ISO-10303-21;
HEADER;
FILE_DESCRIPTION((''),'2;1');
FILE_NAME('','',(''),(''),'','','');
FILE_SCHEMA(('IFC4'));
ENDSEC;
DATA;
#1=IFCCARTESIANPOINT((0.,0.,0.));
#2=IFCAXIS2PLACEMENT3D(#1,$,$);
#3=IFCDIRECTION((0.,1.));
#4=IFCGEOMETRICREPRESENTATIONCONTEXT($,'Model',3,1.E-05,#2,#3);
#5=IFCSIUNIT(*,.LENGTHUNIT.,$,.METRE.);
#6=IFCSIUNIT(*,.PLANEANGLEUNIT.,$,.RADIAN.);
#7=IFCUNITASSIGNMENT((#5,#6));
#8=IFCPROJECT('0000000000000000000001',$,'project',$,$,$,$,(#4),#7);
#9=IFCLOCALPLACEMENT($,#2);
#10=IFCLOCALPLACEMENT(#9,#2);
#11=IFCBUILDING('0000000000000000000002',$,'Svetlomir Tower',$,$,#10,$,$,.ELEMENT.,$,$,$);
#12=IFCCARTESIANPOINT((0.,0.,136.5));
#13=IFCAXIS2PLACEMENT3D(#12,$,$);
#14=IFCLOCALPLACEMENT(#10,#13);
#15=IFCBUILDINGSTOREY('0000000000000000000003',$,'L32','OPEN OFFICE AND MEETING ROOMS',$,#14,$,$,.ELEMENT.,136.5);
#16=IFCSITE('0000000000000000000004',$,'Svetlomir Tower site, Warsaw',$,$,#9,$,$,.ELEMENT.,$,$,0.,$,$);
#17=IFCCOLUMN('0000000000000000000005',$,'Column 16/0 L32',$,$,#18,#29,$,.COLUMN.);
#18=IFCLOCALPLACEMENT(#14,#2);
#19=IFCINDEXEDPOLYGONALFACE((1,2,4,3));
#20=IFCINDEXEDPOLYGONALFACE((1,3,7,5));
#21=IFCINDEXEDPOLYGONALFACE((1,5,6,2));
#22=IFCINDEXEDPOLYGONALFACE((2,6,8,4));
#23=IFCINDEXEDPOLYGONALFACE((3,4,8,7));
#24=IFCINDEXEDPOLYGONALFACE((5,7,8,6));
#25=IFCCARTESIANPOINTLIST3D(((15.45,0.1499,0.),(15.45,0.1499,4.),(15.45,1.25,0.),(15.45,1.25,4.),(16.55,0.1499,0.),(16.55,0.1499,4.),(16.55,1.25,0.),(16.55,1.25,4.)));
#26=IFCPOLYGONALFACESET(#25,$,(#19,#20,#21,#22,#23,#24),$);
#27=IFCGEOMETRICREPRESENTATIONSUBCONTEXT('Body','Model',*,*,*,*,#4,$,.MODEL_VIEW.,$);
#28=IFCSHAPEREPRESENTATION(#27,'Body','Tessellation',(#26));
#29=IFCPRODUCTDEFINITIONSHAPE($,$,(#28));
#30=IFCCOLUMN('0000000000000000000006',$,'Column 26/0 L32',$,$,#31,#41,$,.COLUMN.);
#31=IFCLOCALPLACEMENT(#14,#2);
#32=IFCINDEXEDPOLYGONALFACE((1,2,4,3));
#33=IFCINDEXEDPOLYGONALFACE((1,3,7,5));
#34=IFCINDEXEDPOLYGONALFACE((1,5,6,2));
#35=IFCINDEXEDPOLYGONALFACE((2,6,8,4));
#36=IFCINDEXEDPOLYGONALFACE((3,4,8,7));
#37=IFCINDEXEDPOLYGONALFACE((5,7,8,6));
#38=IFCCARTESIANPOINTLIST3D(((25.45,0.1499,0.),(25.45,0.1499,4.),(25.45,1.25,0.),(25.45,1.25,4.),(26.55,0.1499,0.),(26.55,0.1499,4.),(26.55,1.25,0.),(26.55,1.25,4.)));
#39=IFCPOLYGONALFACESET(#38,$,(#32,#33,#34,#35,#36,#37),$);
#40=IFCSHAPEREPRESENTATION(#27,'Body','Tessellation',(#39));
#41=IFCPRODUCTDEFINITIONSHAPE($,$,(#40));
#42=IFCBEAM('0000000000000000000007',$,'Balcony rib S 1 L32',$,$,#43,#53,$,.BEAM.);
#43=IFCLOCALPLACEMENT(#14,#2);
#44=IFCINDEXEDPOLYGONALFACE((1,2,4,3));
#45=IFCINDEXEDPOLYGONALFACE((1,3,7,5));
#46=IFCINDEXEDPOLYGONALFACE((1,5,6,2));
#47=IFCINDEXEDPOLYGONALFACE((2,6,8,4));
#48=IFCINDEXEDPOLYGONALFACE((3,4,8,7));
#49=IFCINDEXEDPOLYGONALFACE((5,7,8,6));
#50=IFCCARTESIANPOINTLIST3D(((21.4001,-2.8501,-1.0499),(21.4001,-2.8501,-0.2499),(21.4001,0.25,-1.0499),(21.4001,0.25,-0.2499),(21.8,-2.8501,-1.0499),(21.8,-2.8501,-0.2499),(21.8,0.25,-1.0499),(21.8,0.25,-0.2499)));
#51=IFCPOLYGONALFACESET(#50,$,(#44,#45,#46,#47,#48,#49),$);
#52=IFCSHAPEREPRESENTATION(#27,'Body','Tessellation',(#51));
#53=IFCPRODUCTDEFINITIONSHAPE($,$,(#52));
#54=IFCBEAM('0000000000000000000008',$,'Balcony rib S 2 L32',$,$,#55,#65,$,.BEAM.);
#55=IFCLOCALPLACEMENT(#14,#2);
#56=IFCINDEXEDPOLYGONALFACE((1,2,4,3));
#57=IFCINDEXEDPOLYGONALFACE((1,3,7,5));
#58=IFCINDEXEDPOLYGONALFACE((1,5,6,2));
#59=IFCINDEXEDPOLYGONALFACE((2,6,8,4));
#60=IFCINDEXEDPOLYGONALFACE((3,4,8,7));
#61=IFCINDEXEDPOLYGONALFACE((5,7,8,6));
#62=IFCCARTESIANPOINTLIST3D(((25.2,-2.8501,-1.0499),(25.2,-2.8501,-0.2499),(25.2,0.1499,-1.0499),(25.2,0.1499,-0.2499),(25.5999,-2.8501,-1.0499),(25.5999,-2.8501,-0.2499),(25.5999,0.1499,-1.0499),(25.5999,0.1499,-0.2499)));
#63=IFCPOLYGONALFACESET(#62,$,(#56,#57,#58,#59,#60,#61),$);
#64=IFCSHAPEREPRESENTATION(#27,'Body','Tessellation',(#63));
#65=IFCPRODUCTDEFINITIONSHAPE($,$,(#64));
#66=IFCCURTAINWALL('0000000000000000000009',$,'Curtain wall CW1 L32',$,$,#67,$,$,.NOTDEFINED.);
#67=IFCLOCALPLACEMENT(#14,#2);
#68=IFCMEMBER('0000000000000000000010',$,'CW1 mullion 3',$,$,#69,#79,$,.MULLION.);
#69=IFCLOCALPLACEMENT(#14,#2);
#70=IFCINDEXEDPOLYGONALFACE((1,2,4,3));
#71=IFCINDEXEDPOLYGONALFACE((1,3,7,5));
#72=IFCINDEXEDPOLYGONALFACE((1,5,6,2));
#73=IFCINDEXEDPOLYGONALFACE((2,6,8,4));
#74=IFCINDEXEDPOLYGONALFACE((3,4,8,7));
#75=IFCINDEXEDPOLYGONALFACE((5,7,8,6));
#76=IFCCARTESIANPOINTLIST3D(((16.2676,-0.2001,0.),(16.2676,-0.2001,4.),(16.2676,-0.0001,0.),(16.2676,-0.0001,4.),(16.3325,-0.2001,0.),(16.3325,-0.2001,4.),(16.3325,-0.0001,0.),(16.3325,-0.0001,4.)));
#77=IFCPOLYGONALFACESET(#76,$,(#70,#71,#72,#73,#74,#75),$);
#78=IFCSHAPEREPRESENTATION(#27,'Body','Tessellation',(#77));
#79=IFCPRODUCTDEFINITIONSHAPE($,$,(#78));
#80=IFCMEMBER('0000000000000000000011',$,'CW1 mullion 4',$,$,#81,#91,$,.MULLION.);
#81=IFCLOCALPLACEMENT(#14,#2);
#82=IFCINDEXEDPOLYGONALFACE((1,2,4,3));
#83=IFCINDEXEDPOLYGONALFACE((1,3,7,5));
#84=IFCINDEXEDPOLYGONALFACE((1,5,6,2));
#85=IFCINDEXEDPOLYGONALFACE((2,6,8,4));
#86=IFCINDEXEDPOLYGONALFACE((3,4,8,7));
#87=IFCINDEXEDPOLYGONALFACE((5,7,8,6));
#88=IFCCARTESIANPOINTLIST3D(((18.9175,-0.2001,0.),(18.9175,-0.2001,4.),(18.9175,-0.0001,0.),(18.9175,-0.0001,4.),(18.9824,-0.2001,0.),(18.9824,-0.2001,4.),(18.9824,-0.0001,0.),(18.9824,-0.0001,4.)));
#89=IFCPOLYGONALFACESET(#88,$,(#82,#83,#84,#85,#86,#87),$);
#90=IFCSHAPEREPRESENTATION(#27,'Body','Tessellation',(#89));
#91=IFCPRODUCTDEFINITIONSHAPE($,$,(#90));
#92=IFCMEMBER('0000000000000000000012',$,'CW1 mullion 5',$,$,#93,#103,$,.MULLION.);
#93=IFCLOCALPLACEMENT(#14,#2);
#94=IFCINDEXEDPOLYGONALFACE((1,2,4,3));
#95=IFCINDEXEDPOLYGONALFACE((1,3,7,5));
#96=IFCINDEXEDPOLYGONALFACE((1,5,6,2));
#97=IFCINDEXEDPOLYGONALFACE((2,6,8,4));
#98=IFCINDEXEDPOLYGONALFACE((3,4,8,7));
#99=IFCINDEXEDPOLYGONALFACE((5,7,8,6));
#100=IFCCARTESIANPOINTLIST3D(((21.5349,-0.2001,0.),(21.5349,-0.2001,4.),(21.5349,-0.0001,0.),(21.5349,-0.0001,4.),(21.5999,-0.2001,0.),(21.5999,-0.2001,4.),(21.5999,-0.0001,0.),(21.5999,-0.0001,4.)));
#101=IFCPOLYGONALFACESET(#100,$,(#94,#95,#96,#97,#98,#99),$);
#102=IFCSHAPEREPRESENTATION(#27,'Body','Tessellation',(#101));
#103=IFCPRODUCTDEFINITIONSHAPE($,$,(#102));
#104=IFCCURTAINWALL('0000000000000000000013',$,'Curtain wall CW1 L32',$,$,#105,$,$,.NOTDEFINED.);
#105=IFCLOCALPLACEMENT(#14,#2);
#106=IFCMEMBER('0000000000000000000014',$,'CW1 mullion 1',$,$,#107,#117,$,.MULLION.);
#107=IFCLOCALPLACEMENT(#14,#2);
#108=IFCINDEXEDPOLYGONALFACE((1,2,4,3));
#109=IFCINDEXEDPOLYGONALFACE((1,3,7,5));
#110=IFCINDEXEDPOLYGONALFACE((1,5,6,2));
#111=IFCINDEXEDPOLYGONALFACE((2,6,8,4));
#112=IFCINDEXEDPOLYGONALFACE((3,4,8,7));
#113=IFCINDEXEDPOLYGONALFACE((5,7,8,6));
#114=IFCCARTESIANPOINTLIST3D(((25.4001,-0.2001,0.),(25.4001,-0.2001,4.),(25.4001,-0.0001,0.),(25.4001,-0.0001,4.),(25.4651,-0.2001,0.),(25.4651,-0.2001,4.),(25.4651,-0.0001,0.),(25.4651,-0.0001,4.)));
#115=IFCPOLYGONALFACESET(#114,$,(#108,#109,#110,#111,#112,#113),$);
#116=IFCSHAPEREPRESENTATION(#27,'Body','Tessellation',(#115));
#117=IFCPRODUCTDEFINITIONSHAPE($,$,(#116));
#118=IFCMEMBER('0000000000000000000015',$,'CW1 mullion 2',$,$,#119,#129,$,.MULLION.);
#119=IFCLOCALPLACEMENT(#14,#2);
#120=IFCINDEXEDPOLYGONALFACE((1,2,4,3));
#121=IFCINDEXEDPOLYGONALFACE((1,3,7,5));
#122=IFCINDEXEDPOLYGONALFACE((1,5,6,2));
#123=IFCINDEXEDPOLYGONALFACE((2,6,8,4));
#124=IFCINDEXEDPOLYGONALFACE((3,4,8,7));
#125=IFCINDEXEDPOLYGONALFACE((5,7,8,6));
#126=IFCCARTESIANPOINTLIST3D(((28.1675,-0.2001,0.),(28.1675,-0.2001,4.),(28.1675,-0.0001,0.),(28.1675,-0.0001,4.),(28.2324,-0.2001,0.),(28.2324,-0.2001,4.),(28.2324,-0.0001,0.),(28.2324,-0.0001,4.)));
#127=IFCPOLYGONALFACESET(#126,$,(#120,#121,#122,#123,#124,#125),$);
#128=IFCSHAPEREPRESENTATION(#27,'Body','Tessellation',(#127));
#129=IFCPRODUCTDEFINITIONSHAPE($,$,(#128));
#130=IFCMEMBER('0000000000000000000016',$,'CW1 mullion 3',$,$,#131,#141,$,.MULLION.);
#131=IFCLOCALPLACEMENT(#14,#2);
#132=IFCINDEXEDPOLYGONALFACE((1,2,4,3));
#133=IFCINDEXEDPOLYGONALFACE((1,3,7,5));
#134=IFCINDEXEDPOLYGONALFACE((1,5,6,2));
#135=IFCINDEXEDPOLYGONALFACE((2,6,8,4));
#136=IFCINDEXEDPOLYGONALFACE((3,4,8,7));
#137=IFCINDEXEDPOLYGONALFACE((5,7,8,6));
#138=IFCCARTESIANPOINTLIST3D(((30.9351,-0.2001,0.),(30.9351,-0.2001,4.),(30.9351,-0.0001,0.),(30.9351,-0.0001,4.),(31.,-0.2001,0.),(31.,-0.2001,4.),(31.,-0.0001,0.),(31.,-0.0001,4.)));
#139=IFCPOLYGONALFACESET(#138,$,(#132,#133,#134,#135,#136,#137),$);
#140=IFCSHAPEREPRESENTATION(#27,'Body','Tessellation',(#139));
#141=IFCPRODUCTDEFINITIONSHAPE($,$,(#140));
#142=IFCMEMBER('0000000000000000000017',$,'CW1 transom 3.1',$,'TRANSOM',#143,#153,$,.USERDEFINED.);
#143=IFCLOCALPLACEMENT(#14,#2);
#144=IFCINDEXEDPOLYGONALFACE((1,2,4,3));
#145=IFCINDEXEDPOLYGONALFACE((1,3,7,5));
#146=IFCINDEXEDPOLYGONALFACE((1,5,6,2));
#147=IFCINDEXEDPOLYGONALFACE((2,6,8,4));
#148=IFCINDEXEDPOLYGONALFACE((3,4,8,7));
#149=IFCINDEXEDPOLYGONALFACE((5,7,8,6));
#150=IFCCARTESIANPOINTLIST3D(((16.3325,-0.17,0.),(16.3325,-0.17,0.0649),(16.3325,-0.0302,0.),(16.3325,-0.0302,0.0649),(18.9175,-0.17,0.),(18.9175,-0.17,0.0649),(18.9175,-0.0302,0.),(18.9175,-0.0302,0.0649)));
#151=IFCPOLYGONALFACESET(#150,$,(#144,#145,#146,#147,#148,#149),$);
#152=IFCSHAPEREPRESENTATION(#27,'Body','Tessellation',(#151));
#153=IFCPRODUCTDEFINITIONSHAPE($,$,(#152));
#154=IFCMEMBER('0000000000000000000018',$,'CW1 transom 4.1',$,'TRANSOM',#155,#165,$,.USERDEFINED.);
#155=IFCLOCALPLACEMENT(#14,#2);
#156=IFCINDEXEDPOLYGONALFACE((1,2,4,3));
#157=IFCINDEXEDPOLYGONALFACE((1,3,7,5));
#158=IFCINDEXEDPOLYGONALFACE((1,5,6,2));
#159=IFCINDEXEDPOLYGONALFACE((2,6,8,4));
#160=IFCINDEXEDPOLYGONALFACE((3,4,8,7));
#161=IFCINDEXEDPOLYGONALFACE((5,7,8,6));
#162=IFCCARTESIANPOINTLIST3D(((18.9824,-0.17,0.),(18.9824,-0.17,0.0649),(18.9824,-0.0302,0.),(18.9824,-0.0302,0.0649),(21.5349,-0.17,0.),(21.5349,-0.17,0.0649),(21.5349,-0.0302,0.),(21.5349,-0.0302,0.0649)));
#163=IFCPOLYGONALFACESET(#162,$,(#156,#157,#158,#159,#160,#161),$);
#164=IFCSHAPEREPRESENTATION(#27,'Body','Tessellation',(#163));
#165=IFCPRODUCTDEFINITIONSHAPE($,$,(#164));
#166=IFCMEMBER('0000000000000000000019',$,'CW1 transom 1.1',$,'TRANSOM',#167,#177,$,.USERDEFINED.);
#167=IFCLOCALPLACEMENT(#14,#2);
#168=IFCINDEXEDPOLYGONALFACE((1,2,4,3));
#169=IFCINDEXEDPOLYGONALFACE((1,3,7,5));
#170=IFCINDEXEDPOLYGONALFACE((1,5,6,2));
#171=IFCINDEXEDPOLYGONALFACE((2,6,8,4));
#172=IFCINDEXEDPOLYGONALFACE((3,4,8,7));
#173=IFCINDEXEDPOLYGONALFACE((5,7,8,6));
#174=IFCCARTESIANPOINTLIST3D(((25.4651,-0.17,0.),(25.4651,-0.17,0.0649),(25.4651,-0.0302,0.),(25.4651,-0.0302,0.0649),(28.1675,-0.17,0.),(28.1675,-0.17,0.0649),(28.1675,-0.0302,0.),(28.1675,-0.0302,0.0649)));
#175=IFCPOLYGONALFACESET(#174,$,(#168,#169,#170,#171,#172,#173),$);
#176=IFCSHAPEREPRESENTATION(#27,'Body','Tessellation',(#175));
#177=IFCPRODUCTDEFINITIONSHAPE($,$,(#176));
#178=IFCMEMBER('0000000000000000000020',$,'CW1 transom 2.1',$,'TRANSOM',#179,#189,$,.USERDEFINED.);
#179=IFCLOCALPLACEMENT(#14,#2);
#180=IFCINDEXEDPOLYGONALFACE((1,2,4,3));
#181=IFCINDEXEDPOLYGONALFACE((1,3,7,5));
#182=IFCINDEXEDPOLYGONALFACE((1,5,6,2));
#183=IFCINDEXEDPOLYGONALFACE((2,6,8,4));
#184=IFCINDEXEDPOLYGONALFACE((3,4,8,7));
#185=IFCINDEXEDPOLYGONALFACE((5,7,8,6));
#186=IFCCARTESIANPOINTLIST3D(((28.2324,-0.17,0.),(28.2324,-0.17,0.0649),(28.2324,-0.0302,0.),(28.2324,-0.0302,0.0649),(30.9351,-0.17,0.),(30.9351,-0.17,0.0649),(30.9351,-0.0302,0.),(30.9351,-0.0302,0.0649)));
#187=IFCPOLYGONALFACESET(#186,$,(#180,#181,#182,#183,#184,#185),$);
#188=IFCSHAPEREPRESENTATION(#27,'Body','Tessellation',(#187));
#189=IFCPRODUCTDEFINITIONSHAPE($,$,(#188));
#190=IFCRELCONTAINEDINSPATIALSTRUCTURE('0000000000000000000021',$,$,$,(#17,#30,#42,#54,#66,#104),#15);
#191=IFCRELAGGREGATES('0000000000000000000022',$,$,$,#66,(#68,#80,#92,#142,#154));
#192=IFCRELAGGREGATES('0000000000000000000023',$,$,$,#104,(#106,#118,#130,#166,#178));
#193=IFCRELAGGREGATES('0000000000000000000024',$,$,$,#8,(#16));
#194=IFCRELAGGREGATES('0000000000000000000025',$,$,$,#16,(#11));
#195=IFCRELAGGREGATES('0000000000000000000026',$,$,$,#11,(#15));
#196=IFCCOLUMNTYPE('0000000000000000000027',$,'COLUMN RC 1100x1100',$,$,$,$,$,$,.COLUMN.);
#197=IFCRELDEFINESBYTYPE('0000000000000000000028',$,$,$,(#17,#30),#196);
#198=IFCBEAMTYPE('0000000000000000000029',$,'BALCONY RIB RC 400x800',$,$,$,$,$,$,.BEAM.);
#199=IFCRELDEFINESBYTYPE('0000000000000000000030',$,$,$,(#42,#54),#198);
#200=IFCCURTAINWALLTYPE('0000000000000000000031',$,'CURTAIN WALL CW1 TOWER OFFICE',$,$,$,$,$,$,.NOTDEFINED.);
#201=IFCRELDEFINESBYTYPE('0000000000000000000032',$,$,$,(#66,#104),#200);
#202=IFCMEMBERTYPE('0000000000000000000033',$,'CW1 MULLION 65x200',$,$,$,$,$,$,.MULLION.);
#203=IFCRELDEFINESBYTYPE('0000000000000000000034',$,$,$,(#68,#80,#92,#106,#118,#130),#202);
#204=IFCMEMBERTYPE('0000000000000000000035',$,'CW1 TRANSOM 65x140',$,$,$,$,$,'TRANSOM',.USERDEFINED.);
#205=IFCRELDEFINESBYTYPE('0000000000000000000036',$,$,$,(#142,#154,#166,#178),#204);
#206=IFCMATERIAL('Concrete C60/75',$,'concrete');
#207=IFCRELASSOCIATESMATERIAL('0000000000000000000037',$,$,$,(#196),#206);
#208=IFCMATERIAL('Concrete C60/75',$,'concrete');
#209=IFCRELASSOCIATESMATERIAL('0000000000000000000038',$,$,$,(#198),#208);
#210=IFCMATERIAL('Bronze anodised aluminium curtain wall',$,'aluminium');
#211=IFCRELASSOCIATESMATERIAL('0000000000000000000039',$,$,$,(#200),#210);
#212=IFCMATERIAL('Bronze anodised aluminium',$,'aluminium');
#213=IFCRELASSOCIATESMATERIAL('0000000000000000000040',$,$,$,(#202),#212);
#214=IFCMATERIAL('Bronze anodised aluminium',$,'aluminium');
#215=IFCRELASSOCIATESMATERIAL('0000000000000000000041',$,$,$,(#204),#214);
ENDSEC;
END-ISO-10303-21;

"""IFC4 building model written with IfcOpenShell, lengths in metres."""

from ifc_helpers import new_model, si_unit, direction, frame, origin, origin_2d, place, context, subcontext, project, spatial, rectangle, extrude, material, material_profile, profile_set, type_object, element, aggregate, save


model = new_model("IFC4")

# Units and contexts
model_context = context("Model", 3, precision=1e-05, world=origin(), true_north=direction((0.0, 1.0)))
body_context = subcontext(model_context, "Body", "Model", "MODEL_VIEW")
ifc_project = project(units=[si_unit("LENGTHUNIT", "METRE"), si_unit("PLANEANGLEUNIT", "RADIAN")], contexts=[model_context])

# Site, building, storey
site_placement = place(None, origin())
site = spatial("IfcSite", under=ifc_project, at=site_placement, Name="Svetlomir Tower site, Warsaw", CompositionType="ELEMENT", RefElevation=0.0)
building_placement = place(site_placement, origin())
building = spatial("IfcBuilding", under=site, at=building_placement, Name="Svetlomir Tower", CompositionType="ELEMENT")
storey_placement = place(building_placement, frame((0.0, 0.0, 136.5)))
storey = spatial("IfcBuildingStorey", under=building, at=storey_placement, Name="L32", Description="OPEN OFFICE AND MEETING ROOMS", CompositionType="ELEMENT", Elevation=136.5)

# Columns
ifc_material_1 = material(Name="Concrete C60/75", Category="concrete")
ifc_material_profile_1 = material_profile(ifc_material_1, rectangle(XDim=1.1001, YDim=1.1001, at=origin_2d()), Name="RC 1100x1100")
ifc_profile_set_1 = profile_set([ifc_material_profile_1], Name="Concrete C60/75")
column_type = type_object("IfcColumnType", Name="COLUMN RC 1100x1100", PredefinedType="COLUMN", material=ifc_profile_set_1)
for number, where, z_axis, x_axis, name in (
    (1, (16.0, 0.7, 0.0), (0.0, 0.0, 1.0), (1.0, 0.0, 0.0), "Column 16/0 L32"),
    (2, (26.0, 0.7, 0.0), (0.0, 0.0, 1.0), (1.0, 0.0, 0.0), "Column 26/0 L32"),
):
    element("IfcColumn", number, at=place(storey_placement, frame(where, z_axis=z_axis, x_axis=x_axis)), inside=storey, type_object=column_type, Name=name, PredefinedType="COLUMN", context=body_context, shape_type="SweptSolid", body=[
        extrude(rectangle(XDim=1.1001, YDim=1.1001, at=origin_2d()), origin(), (0.0, 0.0, 1.0), 4.0),
    ])

# Beams
ifc_material_2 = material(Name="Concrete C60/75", Category="concrete")
ifc_material_profile_2 = material_profile(ifc_material_2, rectangle(XDim=0.3999, YDim=0.8, at=origin_2d()), Name="RC 400x800")
ifc_profile_set_2 = profile_set([ifc_material_profile_2], Name="Concrete C60/75")
beam_type_1 = type_object("IfcBeamType", Name="BALCONY RIB RC 400x800", PredefinedType="BEAM", material=ifc_profile_set_2)
beam_1_placement = place(storey_placement, frame((21.6001, 0.25, -0.6499), z_axis=(0.0, -1.0, 0.0), x_axis=(1.0, 0.0, 0.0)))
element("IfcBeam", 3, at=beam_1_placement, inside=storey, type_object=beam_type_1, Name="Balcony rib S 1 L32", PredefinedType="BEAM", context=body_context, shape_type="SweptSolid", body=[
    extrude(rectangle(XDim=0.3999, YDim=0.8, at=origin_2d()), origin(), (0.0, 0.0, 1.0), 3.1001),
])
beam_2_placement = place(storey_placement, frame((25.3999, 0.1499, -0.6499), z_axis=(0.0, -1.0, 0.0), x_axis=(1.0, 0.0, 0.0)))
element("IfcBeam", 4, at=beam_2_placement, inside=storey, type_object=beam_type_1, Name="Balcony rib S 2 L32", PredefinedType="BEAM", context=body_context, shape_type="SweptSolid", body=[
    extrude(rectangle(XDim=0.3999, YDim=0.8, at=origin_2d()), origin(), (0.0, 0.0, 1.0), 3.0),
])

# Curtain walls, members
ifc_material_3 = material(Name="Bronze anodised aluminium curtain wall", Category="aluminium")
curtain_wall_type = type_object("IfcCurtainWallType", Name="CURTAIN WALL CW1 TOWER OFFICE", PredefinedType="NOTDEFINED", material=ifc_material_3)
curtain_wall_1_placement = place(storey_placement, origin())
curtain_wall_1 = element("IfcCurtainWall", 5, at=curtain_wall_1_placement, inside=storey, type_object=curtain_wall_type, Name="Curtain wall CW1 L32", PredefinedType="NOTDEFINED")
ifc_material_4 = material(Name="Bronze anodised aluminium", Category="aluminium")
ifc_material_profile_3 = material_profile(ifc_material_4, rectangle(XDim=0.0649, YDim=0.2, at=origin_2d()), Name="AL 65x200")
ifc_profile_set_3 = profile_set([ifc_material_profile_3], Name="Bronze anodised aluminium 6063-T6")
member_type_1 = type_object("IfcMemberType", Name="CW1 MULLION 65x200", PredefinedType="MULLION", material=ifc_profile_set_3)
member_1_placement = place(storey_placement, frame((16.3, -0.1001, 0.0), z_axis=(0.0, 0.0, 1.0), x_axis=(1.0, 0.0, 0.0)))
member_1 = element("IfcMember", 6, at=member_1_placement, type_object=member_type_1, Name="CW1 mullion 3", PredefinedType="MULLION", context=body_context, shape_type="SweptSolid", body=[
    extrude(rectangle(XDim=0.0649, YDim=0.2, at=origin_2d()), origin(), (0.0, 0.0, 1.0), 4.0),
])
member_2_placement = place(storey_placement, frame((18.95, -0.1001, 0.0), z_axis=(0.0, 0.0, 1.0), x_axis=(1.0, 0.0, 0.0)))
member_2 = element("IfcMember", 7, at=member_2_placement, type_object=member_type_1, Name="CW1 mullion 4", PredefinedType="MULLION", context=body_context, shape_type="SweptSolid", body=[
    extrude(rectangle(XDim=0.0649, YDim=0.2, at=origin_2d()), origin(), (0.0, 0.0, 1.0), 4.0),
])
member_3_placement = place(storey_placement, frame((21.5674, -0.1001, 0.0), z_axis=(0.0, 0.0, 1.0), x_axis=(1.0, 0.0, 0.0)))
member_3 = element("IfcMember", 8, at=member_3_placement, type_object=member_type_1, Name="CW1 mullion 5", PredefinedType="MULLION", context=body_context, shape_type="SweptSolid", body=[
    extrude(rectangle(XDim=0.0649, YDim=0.2, at=origin_2d()), origin(), (0.0, 0.0, 1.0), 4.0),
])
curtain_wall_2_placement = place(storey_placement, origin())
curtain_wall_2 = element("IfcCurtainWall", 9, at=curtain_wall_2_placement, inside=storey, type_object=curtain_wall_type, Name="Curtain wall CW1 L32", PredefinedType="NOTDEFINED")
member_4_placement = place(storey_placement, frame((25.4326, -0.1001, 0.0), z_axis=(0.0, 0.0, 1.0), x_axis=(1.0, 0.0, 0.0)))
member_4 = element("IfcMember", 10, at=member_4_placement, type_object=member_type_1, Name="CW1 mullion 1", PredefinedType="MULLION", context=body_context, shape_type="SweptSolid", body=[
    extrude(rectangle(XDim=0.0649, YDim=0.2, at=origin_2d()), origin(), (0.0, 0.0, 1.0), 4.0),
])
member_5_placement = place(storey_placement, frame((28.2, -0.1001, 0.0), z_axis=(0.0, 0.0, 1.0), x_axis=(1.0, 0.0, 0.0)))
member_5 = element("IfcMember", 11, at=member_5_placement, type_object=member_type_1, Name="CW1 mullion 2", PredefinedType="MULLION", context=body_context, shape_type="SweptSolid", body=[
    extrude(rectangle(XDim=0.0649, YDim=0.2, at=origin_2d()), origin(), (0.0, 0.0, 1.0), 4.0),
])
member_6_placement = place(storey_placement, frame((30.9675, -0.1001, 0.0), z_axis=(0.0, 0.0, 1.0), x_axis=(1.0, 0.0, 0.0)))
member_6 = element("IfcMember", 12, at=member_6_placement, type_object=member_type_1, Name="CW1 mullion 3", PredefinedType="MULLION", context=body_context, shape_type="SweptSolid", body=[
    extrude(rectangle(XDim=0.0649, YDim=0.2, at=origin_2d()), origin(), (0.0, 0.0, 1.0), 4.0),
])

# Members
ifc_material_5 = material(Name="Bronze anodised aluminium", Category="aluminium")
ifc_material_profile_4 = material_profile(ifc_material_5, rectangle(XDim=0.1399, YDim=0.0649, at=origin_2d()), Name="AL 140x65")
ifc_profile_set_4 = profile_set([ifc_material_profile_4], Name="Bronze anodised aluminium 6063-T6")
member_type_2 = type_object("IfcMemberType", Name="CW1 TRANSOM 65x140", ElementType="TRANSOM", PredefinedType="USERDEFINED", material=ifc_profile_set_4)
member_7_placement = place(storey_placement, frame((16.3325, -0.1001, 0.0325), z_axis=(1.0, 0.0, 0.0), x_axis=(0.0, 1.0, 0.0)))
member_7 = element("IfcMember", 13, at=member_7_placement, type_object=member_type_2, Name="CW1 transom 3.1", ObjectType="TRANSOM", PredefinedType="USERDEFINED", context=body_context, shape_type="SweptSolid", body=[
    extrude(rectangle(XDim=0.1399, YDim=0.0649, at=origin_2d()), origin(), (0.0, 0.0, 1.0), 2.585),
])
member_8_placement = place(storey_placement, frame((18.9824, -0.1001, 0.0325), z_axis=(1.0, 0.0, 0.0), x_axis=(0.0, 1.0, 0.0)))
member_8 = element("IfcMember", 14, at=member_8_placement, type_object=member_type_2, Name="CW1 transom 4.1", ObjectType="TRANSOM", PredefinedType="USERDEFINED", context=body_context, shape_type="SweptSolid", body=[
    extrude(rectangle(XDim=0.1399, YDim=0.0649, at=origin_2d()), origin(), (0.0, 0.0, 1.0), 2.5525),
])
member_9_placement = place(storey_placement, frame((25.4651, -0.1001, 0.0325), z_axis=(1.0, 0.0, 0.0), x_axis=(0.0, 1.0, 0.0)))
member_9 = element("IfcMember", 15, at=member_9_placement, type_object=member_type_2, Name="CW1 transom 1.1", ObjectType="TRANSOM", PredefinedType="USERDEFINED", context=body_context, shape_type="SweptSolid", body=[
    extrude(rectangle(XDim=0.1399, YDim=0.0649, at=origin_2d()), origin(), (0.0, 0.0, 1.0), 2.7024),
])
member_10_placement = place(storey_placement, frame((28.2324, -0.1001, 0.0325), z_axis=(1.0, 0.0, 0.0), x_axis=(0.0, 1.0, 0.0)))
member_10 = element("IfcMember", 16, at=member_10_placement, type_object=member_type_2, Name="CW1 transom 2.1", ObjectType="TRANSOM", PredefinedType="USERDEFINED", context=body_context, shape_type="SweptSolid", body=[
    extrude(rectangle(XDim=0.1399, YDim=0.0649, at=origin_2d()), origin(), (0.0, 0.0, 1.0), 2.7026),
])

aggregate(curtain_wall_1, [member_1, member_2, member_3, member_7, member_8])
aggregate(curtain_wall_2, [member_4, member_5, member_6, member_9, member_10])

save(model, "model.ifc")
